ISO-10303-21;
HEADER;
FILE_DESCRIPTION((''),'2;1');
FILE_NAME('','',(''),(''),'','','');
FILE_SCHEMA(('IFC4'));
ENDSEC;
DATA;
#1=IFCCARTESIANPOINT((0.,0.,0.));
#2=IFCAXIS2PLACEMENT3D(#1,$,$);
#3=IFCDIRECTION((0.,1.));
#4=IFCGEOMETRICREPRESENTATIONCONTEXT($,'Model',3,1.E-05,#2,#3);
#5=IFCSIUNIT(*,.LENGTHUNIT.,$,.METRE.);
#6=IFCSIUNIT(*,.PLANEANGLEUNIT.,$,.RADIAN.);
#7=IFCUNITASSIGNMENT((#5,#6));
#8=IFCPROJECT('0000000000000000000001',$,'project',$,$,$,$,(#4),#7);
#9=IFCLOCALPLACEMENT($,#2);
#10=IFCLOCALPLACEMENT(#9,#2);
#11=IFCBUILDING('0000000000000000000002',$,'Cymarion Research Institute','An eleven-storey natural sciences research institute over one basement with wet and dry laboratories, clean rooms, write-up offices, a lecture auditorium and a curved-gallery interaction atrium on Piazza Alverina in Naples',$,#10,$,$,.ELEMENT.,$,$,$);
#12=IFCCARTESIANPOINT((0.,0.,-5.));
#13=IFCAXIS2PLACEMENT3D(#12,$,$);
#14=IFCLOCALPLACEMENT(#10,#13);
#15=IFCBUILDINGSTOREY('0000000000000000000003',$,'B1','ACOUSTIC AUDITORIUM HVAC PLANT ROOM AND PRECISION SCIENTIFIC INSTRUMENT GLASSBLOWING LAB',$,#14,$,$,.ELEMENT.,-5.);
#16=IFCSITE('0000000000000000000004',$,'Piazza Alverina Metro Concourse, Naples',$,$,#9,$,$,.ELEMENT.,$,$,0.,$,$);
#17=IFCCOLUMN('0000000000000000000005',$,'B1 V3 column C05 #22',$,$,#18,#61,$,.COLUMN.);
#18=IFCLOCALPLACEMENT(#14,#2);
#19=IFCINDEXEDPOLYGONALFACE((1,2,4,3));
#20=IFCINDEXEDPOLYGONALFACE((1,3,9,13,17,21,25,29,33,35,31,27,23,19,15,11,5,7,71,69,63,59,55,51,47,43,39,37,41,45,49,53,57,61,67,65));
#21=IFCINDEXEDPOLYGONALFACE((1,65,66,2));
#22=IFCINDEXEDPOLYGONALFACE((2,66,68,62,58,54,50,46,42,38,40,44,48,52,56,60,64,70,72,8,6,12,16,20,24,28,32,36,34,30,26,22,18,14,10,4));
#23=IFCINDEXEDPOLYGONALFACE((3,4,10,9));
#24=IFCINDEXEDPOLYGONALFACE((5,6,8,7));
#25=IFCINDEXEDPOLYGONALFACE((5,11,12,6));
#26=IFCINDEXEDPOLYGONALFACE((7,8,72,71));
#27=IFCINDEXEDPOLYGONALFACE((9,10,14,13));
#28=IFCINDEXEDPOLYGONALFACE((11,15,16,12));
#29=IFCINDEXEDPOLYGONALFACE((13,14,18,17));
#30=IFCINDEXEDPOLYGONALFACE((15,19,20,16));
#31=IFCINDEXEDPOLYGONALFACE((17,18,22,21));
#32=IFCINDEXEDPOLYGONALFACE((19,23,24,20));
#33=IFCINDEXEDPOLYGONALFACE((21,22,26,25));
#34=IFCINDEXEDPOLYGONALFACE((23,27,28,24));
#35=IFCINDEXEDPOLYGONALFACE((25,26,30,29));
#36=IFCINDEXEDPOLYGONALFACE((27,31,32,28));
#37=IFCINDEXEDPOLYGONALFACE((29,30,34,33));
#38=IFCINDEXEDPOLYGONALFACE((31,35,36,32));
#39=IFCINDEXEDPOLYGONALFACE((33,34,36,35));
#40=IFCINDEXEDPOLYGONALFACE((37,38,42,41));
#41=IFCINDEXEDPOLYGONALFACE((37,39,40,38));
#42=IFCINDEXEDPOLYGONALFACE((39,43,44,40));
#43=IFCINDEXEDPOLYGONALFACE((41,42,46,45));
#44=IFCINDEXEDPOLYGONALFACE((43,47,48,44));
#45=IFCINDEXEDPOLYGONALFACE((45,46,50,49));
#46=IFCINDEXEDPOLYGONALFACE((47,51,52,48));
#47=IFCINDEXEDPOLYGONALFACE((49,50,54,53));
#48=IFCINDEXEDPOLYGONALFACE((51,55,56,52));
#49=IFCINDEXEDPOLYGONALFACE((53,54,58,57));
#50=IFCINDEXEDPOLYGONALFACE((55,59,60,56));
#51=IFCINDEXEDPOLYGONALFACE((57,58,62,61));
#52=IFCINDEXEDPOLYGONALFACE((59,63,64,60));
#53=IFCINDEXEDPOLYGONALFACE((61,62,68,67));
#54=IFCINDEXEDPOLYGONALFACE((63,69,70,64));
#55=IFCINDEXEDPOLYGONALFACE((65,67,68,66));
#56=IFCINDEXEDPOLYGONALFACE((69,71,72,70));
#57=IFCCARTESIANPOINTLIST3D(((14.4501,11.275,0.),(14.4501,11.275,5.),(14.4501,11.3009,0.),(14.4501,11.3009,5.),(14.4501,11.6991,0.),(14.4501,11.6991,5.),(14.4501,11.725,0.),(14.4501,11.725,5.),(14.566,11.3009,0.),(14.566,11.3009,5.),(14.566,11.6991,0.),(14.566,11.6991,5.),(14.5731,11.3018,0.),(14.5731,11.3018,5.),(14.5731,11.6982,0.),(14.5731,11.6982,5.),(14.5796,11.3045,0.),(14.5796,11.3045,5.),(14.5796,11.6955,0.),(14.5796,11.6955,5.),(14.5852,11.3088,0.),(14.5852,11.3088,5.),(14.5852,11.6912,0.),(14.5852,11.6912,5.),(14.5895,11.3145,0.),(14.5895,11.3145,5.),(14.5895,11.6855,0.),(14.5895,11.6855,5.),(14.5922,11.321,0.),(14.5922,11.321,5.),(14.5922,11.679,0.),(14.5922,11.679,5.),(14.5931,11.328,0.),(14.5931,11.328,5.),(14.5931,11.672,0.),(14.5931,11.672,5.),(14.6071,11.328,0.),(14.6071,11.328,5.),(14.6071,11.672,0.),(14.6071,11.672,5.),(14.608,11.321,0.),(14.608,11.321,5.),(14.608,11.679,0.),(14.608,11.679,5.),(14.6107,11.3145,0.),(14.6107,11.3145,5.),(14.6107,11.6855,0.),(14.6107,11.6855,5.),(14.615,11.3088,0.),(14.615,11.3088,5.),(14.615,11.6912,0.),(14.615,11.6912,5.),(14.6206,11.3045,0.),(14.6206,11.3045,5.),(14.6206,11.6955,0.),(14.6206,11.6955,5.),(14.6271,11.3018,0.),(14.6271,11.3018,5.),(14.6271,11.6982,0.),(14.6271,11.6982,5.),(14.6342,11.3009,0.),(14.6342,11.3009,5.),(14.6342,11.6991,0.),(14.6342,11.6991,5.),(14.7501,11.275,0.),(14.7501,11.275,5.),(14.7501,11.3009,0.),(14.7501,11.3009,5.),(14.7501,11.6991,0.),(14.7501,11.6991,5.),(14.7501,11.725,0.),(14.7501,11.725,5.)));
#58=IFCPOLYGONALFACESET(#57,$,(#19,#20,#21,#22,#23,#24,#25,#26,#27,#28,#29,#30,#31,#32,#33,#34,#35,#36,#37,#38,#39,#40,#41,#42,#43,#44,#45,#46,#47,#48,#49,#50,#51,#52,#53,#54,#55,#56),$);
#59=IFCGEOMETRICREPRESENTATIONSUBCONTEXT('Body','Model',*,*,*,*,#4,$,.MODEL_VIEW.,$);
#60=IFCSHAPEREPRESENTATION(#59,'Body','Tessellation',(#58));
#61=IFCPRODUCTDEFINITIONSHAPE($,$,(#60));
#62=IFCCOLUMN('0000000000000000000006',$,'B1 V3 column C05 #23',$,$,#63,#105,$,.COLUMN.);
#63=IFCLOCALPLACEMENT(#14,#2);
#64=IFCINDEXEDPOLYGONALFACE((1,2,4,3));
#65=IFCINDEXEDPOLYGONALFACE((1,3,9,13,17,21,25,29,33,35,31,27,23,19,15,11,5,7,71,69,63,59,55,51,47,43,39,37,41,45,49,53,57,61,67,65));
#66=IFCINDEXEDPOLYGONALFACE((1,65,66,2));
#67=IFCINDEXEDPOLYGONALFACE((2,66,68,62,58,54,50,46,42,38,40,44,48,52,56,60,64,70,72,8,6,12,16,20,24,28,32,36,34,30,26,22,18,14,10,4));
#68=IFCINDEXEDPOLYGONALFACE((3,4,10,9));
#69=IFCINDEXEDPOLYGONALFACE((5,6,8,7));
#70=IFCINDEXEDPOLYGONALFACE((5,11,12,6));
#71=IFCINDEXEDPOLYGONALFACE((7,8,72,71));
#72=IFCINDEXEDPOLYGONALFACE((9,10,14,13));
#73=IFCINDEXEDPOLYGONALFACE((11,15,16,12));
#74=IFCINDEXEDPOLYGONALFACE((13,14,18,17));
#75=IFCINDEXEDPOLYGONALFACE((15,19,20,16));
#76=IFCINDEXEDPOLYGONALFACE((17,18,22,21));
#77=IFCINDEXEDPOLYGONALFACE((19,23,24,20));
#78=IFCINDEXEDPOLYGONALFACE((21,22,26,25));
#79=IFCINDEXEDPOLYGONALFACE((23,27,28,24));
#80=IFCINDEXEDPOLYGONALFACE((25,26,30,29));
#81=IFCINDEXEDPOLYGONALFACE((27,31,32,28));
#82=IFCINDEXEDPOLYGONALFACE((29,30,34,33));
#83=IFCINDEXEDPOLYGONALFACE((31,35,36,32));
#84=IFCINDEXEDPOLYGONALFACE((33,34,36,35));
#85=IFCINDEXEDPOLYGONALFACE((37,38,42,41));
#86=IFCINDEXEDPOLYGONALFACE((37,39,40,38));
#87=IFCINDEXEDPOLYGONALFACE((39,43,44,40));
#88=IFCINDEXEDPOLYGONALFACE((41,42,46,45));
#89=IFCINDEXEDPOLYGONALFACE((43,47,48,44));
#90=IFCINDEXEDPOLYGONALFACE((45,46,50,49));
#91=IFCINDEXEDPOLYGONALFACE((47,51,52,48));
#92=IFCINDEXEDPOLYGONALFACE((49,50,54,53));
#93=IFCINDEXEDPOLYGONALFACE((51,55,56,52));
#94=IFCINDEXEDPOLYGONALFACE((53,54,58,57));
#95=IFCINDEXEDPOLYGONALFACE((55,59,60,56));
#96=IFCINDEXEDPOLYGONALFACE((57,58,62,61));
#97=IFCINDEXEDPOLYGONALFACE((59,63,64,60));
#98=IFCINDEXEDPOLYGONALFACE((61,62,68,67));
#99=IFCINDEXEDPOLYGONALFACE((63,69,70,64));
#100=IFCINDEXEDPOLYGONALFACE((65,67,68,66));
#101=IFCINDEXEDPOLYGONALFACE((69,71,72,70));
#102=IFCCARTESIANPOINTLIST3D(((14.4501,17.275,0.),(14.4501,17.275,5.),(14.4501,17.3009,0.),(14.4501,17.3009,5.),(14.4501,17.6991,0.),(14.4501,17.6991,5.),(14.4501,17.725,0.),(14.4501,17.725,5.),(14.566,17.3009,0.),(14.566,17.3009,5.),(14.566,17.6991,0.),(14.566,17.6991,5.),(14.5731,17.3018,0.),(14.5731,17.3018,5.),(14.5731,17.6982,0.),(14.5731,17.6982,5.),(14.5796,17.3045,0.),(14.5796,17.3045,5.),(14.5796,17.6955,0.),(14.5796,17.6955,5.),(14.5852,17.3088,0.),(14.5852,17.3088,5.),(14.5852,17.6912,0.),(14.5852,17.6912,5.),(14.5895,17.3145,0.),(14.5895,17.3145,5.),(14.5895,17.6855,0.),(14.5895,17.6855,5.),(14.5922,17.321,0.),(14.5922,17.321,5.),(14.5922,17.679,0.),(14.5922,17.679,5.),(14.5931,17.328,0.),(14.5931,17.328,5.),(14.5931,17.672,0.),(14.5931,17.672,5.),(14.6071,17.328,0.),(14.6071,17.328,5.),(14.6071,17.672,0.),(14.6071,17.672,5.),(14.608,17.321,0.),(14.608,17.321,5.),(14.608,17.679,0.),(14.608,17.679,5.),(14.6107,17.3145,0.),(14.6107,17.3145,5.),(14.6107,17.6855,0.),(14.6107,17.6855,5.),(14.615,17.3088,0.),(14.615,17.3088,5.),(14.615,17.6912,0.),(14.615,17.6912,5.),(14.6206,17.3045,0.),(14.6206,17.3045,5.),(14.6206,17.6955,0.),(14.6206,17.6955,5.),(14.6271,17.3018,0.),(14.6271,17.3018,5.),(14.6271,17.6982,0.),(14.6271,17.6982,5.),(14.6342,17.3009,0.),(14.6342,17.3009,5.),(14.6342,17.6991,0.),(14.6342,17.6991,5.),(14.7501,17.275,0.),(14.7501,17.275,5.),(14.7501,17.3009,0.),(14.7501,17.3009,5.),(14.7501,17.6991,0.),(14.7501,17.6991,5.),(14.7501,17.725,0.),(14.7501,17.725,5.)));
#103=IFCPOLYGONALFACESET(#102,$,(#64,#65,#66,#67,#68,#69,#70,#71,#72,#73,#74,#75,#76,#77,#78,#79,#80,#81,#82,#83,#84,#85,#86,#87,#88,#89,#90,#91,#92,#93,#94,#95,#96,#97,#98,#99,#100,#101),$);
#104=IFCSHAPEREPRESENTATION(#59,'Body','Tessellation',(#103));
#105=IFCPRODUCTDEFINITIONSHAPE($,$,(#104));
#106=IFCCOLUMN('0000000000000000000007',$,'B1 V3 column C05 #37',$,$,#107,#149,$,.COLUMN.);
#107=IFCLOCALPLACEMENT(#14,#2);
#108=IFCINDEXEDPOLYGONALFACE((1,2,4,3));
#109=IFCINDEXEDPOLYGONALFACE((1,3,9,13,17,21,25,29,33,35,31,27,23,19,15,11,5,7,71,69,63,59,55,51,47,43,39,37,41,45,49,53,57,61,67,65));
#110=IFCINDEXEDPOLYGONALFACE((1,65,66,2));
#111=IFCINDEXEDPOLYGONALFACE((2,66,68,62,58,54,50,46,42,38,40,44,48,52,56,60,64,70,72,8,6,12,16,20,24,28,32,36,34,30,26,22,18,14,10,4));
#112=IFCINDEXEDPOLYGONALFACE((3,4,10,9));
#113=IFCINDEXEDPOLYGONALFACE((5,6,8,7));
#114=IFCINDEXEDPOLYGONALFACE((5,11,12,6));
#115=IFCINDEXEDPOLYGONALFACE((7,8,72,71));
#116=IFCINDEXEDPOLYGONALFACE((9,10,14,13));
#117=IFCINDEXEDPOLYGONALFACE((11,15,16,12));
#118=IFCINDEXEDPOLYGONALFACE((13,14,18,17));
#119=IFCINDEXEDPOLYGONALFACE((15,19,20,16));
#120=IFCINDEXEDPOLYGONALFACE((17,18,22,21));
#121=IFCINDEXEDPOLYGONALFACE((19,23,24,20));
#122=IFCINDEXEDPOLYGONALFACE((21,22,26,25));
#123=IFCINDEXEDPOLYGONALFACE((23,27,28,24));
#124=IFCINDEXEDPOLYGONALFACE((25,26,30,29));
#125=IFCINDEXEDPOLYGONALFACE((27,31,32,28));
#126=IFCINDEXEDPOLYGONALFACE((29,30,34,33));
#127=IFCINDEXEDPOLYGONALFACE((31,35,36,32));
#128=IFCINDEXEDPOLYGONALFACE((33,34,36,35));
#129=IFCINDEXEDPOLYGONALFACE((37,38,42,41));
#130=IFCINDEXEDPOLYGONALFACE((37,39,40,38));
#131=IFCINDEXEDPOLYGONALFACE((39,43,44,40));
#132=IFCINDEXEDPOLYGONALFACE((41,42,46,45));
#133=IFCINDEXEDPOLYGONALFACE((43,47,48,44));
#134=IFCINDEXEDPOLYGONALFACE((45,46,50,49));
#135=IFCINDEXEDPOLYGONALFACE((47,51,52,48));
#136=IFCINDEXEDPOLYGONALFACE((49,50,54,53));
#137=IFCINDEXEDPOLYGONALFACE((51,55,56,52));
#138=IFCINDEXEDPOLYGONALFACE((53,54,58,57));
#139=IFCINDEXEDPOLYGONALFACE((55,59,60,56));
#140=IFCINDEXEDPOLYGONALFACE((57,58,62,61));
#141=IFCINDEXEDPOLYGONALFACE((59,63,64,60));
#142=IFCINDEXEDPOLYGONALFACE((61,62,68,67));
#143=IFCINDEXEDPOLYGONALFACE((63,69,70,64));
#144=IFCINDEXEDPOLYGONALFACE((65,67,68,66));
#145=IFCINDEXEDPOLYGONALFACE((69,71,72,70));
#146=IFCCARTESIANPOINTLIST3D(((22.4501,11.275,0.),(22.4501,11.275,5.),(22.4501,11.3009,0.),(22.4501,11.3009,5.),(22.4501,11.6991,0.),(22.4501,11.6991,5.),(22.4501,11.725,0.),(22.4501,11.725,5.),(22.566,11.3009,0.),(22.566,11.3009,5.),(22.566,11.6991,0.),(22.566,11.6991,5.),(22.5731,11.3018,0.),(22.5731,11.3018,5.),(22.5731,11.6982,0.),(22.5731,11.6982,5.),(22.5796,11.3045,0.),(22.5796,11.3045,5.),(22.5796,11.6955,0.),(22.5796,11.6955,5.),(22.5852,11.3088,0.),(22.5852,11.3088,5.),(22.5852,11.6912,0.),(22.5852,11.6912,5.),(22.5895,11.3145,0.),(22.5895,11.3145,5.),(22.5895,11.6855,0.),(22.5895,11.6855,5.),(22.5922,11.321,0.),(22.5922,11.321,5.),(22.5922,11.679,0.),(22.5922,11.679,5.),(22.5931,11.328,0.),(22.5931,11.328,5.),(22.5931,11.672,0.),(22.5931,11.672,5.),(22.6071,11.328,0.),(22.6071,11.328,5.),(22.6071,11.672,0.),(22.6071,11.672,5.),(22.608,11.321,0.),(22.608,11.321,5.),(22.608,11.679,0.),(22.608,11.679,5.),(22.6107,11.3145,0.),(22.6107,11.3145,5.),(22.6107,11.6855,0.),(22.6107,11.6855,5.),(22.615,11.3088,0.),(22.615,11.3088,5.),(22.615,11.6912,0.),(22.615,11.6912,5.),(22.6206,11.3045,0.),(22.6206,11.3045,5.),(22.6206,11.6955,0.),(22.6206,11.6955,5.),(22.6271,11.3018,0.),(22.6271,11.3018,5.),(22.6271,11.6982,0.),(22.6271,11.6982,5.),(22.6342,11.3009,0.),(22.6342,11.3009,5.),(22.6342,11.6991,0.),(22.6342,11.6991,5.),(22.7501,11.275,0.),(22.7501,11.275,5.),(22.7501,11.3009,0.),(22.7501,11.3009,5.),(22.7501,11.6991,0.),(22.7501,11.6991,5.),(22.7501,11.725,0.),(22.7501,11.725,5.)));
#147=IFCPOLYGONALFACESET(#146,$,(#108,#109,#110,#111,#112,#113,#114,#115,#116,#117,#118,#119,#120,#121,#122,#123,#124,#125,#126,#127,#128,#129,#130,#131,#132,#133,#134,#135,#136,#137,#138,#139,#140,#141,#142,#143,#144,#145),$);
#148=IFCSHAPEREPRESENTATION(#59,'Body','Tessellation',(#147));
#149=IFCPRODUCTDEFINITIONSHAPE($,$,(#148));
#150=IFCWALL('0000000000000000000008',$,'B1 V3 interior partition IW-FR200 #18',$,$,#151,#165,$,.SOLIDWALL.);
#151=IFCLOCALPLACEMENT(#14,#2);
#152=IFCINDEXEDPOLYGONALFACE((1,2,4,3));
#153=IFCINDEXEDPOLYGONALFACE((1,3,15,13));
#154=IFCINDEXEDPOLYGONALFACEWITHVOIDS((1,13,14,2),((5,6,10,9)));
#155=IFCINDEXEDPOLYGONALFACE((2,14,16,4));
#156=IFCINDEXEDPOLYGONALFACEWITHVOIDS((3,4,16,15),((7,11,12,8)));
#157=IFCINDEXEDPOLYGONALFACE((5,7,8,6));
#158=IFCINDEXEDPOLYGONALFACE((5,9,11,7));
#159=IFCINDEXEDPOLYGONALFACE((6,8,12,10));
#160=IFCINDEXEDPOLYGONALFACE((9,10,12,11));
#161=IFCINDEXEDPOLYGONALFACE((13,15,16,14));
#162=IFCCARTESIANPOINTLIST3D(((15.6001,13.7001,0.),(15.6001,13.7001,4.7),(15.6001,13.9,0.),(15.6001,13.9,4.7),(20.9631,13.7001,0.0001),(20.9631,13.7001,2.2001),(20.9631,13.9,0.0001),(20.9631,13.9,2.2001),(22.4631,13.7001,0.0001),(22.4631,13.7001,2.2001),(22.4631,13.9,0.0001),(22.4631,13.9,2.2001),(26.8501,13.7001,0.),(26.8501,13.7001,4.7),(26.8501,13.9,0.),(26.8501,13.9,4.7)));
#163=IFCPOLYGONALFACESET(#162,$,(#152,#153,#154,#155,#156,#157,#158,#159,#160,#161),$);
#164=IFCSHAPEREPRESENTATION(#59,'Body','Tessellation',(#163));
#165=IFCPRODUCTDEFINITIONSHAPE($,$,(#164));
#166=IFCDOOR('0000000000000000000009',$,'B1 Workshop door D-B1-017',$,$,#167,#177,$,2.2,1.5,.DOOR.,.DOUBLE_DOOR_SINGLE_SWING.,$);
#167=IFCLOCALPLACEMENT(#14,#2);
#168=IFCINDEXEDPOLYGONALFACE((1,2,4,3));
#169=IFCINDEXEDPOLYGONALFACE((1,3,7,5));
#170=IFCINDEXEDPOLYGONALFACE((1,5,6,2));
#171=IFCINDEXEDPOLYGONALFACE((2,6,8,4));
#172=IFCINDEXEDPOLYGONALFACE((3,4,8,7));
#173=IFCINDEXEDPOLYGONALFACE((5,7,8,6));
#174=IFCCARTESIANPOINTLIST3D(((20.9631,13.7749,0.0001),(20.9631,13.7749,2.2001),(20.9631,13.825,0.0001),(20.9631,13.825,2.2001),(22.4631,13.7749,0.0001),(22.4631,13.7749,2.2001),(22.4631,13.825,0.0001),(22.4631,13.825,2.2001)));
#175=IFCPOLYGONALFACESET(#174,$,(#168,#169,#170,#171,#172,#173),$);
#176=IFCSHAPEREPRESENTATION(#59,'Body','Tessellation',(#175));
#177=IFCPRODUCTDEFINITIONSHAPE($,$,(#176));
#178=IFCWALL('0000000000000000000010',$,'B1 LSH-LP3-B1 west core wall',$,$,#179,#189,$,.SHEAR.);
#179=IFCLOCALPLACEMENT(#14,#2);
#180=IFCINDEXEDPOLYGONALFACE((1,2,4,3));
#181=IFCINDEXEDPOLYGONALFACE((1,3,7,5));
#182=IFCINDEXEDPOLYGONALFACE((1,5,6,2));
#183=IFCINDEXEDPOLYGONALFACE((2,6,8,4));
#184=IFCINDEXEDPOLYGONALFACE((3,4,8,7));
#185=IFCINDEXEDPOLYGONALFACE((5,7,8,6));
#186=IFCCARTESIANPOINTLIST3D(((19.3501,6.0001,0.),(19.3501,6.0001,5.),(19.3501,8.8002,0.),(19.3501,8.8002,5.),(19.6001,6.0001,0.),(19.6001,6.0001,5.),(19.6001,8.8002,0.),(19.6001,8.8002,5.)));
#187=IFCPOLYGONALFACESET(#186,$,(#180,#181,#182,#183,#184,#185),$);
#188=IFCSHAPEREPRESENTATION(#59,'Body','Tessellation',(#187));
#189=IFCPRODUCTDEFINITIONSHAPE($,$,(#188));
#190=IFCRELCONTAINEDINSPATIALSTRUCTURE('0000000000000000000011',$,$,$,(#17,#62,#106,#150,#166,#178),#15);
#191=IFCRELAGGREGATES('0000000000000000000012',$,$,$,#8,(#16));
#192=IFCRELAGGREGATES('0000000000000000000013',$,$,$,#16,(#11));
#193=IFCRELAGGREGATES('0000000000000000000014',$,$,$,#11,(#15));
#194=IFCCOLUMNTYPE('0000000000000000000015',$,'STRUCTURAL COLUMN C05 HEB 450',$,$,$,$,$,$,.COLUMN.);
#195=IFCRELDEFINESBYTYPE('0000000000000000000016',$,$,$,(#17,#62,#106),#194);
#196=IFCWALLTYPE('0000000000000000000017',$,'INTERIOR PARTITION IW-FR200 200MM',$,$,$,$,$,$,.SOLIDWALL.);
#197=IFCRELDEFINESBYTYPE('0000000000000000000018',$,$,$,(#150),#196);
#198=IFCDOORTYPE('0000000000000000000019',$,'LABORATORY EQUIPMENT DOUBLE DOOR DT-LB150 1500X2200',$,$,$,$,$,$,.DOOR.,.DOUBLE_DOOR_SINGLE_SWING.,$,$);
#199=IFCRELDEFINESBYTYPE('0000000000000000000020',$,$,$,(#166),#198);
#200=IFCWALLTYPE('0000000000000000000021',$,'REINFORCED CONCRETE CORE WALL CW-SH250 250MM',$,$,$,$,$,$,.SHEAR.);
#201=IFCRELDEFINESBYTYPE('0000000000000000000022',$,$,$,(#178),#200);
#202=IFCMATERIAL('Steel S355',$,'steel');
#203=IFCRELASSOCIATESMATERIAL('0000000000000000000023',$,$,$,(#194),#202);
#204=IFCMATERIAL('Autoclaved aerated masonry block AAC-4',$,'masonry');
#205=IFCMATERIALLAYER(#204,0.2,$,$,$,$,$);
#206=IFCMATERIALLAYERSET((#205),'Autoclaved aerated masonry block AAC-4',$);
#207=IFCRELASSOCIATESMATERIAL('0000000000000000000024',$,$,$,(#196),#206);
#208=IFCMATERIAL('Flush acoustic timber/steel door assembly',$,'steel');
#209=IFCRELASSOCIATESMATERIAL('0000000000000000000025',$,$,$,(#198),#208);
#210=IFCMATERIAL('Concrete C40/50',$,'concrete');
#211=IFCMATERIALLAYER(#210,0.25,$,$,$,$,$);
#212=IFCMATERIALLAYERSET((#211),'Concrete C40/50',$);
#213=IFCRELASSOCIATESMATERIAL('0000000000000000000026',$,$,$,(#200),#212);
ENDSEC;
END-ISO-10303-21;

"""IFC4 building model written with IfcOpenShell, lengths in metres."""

from ifc_helpers import new_model, si_unit, direction, frame, frame_2d, origin, origin_2d, place, context, subcontext, project, spatial, rectangle, i_section, extrude, material, layer, layer_set, material_profile, profile_set, type_object, element, fill, save


model = new_model("IFC4")

# Units and contexts
model_context = context("Model", 3, precision=1e-05, world=origin(), true_north=direction((0.0, 1.0)))
body_context = subcontext(model_context, "Body", "Model", "MODEL_VIEW")
ifc_project = project(units=[si_unit("LENGTHUNIT", "METRE"), si_unit("PLANEANGLEUNIT", "RADIAN")], contexts=[model_context])

# Site, building, storey
site_placement = place(None, origin())
site = spatial("IfcSite", under=ifc_project, at=site_placement, Name="Piazza Alverina Metro Concourse, Naples", CompositionType="ELEMENT", RefElevation=0.0)
building_placement = place(site_placement, origin())
building = spatial("IfcBuilding", under=site, at=building_placement, Name="Cymarion Research Institute", Description="An eleven-storey natural sciences research institute over one basement with wet and dry laboratories, clean rooms, write-up offices, a lecture auditorium and a curved-gallery interaction atrium on Piazza Alverina in Naples", CompositionType="ELEMENT")
storey_placement = place(building_placement, frame((0.0, 0.0, -5.0)))
storey = spatial("IfcBuildingStorey", under=building, at=storey_placement, Name="B1", Description="ACOUSTIC AUDITORIUM HVAC PLANT ROOM AND PRECISION SCIENTIFIC INSTRUMENT GLASSBLOWING LAB", CompositionType="ELEMENT", Elevation=-5.0)

# Columns
ifc_material_1 = material(Name="Steel S355", Category="steel")
ifc_material_profile_1 = material_profile(ifc_material_1, i_section(OverallWidth=0.3, OverallDepth=0.45, WebThickness=0.0139, FlangeThickness=0.0259, FilletRadius=0.0271, at=origin_2d()), Name="HEB 450")
ifc_profile_set_1 = profile_set([ifc_material_profile_1], Name="Steel S355")
column_type = type_object("IfcColumnType", Name="STRUCTURAL COLUMN C05 HEB 450", PredefinedType="COLUMN", material=ifc_profile_set_1)
for number, where, z_axis, x_axis, name in (
    (1, (14.6001, 11.5, 0.0), (0.0, 0.0, 1.0), (1.0, 0.0, 0.0), "B1 V3 column C05 #22"),
    (2, (14.6001, 17.5, 0.0), (0.0, 0.0, 1.0), (1.0, 0.0, 0.0), "B1 V3 column C05 #23"),
    (3, (22.6001, 11.5, 0.0), (0.0, 0.0, 1.0), (1.0, 0.0, 0.0), "B1 V3 column C05 #37"),
):
    element("IfcColumn", number, at=place(storey_placement, frame(where, z_axis=z_axis, x_axis=x_axis)), inside=storey, type_object=column_type, Name=name, PredefinedType="COLUMN", context=body_context, shape_type="SweptSolid", body=[
        extrude(i_section(OverallWidth=0.3, OverallDepth=0.45, WebThickness=0.0139, FlangeThickness=0.0259, FilletRadius=0.0271, at=origin_2d()), origin(), (0.0, 0.0, 1.0), 5.0),
    ])

# Wall, opening, door
ifc_material_2 = material(Name="Autoclaved aerated masonry block AAC-4", Category="masonry")
ifc_layer_1 = layer(ifc_material_2, 0.2)
ifc_layer_set_1 = layer_set([ifc_layer_1], Name="Autoclaved aerated masonry block AAC-4")
wall_type_1 = type_object("IfcWallType", Name="INTERIOR PARTITION IW-FR200 200MM", PredefinedType="SOLIDWALL", material=ifc_layer_set_1)
wall_1_placement = place(storey_placement, frame((15.6001, 13.8, 0.0), z_axis=(0.0, 0.0, 1.0), x_axis=(1.0, 0.0, 0.0)))
wall_1 = element("IfcWall", 4, at=wall_1_placement, inside=storey, type_object=wall_type_1, Name="B1 V3 interior partition IW-FR200 #18", PredefinedType="SOLIDWALL", context=body_context, shape_type="SweptSolid", body=[
    extrude(rectangle(XDim=11.25, YDim=0.2, at=frame_2d((5.625, 0.0))), origin(), (0.0, 0.0, 1.0), 4.7),
])
opening_1_placement = place(wall_1_placement, frame((5.363, 0.0, 0.0)))
opening_1 = element("IfcOpeningElement", 5, at=opening_1_placement, cuts=wall_1, PredefinedType="OPENING", context=body_context, shape_type="SweptSolid", body=[
    extrude(rectangle(XDim=1.5, YDim=2.2, at=frame_2d((0.75, 1.1001))), frame((0.0, 0.1099, 0.0), z_axis=(0.0, -1.0, 0.0), x_axis=(1.0, 0.0, 0.0)), (0.0, 0.0, 1.0), 0.22),
])
ifc_material_3 = material(Name="Flush acoustic timber/steel door assembly", Category="steel")
door_type_1 = type_object("IfcDoorType", Name="LABORATORY EQUIPMENT DOUBLE DOOR DT-LB150 1500X2200", OperationType="DOUBLE_DOOR_SINGLE_SWING", PredefinedType="DOOR", material=ifc_material_3)
door_1_placement = place(opening_1_placement, origin())
door_1 = element("IfcDoor", 6, at=door_1_placement, inside=storey, type_object=door_type_1, Name="B1 Workshop door D-B1-017", OperationType="DOUBLE_DOOR_SINGLE_SWING", OverallHeight=2.2, OverallWidth=1.5, PredefinedType="DOOR", context=body_context, shape_type="SweptSolid", body=[
    extrude(rectangle(XDim=1.5, YDim=2.2, at=frame_2d((0.75, 1.1001))), frame((0.0, 0.0249, 0.0), z_axis=(0.0, -1.0, 0.0), x_axis=(1.0, 0.0, 0.0)), (0.0, 0.0, 1.0), 0.05),
])
fill(opening_1, door_1)
ifc_material_4 = material(Name="Concrete C40/50", Category="concrete")
ifc_layer_2 = layer(ifc_material_4, 0.25)
ifc_layer_set_2 = layer_set([ifc_layer_2], Name="Concrete C40/50")
wall_type_2 = type_object("IfcWallType", Name="REINFORCED CONCRETE CORE WALL CW-SH250 250MM", PredefinedType="SHEAR", material=ifc_layer_set_2)

# Wall
wall_2_placement = place(storey_placement, frame((19.4751, 8.8, 0.0), z_axis=(0.0, 0.0, 1.0), x_axis=(0.0, -1.0, 0.0)))
element("IfcWall", 7, at=wall_2_placement, inside=storey, type_object=wall_type_2, Name="B1 LSH-LP3-B1 west core wall", PredefinedType="SHEAR", context=body_context, shape_type="SweptSolid", body=[
    extrude(rectangle(XDim=2.8, YDim=0.25, at=frame_2d((1.3999, 0.0))), origin(), (0.0, 0.0, 1.0), 5.0),
])

save(model, "model.ifc")
